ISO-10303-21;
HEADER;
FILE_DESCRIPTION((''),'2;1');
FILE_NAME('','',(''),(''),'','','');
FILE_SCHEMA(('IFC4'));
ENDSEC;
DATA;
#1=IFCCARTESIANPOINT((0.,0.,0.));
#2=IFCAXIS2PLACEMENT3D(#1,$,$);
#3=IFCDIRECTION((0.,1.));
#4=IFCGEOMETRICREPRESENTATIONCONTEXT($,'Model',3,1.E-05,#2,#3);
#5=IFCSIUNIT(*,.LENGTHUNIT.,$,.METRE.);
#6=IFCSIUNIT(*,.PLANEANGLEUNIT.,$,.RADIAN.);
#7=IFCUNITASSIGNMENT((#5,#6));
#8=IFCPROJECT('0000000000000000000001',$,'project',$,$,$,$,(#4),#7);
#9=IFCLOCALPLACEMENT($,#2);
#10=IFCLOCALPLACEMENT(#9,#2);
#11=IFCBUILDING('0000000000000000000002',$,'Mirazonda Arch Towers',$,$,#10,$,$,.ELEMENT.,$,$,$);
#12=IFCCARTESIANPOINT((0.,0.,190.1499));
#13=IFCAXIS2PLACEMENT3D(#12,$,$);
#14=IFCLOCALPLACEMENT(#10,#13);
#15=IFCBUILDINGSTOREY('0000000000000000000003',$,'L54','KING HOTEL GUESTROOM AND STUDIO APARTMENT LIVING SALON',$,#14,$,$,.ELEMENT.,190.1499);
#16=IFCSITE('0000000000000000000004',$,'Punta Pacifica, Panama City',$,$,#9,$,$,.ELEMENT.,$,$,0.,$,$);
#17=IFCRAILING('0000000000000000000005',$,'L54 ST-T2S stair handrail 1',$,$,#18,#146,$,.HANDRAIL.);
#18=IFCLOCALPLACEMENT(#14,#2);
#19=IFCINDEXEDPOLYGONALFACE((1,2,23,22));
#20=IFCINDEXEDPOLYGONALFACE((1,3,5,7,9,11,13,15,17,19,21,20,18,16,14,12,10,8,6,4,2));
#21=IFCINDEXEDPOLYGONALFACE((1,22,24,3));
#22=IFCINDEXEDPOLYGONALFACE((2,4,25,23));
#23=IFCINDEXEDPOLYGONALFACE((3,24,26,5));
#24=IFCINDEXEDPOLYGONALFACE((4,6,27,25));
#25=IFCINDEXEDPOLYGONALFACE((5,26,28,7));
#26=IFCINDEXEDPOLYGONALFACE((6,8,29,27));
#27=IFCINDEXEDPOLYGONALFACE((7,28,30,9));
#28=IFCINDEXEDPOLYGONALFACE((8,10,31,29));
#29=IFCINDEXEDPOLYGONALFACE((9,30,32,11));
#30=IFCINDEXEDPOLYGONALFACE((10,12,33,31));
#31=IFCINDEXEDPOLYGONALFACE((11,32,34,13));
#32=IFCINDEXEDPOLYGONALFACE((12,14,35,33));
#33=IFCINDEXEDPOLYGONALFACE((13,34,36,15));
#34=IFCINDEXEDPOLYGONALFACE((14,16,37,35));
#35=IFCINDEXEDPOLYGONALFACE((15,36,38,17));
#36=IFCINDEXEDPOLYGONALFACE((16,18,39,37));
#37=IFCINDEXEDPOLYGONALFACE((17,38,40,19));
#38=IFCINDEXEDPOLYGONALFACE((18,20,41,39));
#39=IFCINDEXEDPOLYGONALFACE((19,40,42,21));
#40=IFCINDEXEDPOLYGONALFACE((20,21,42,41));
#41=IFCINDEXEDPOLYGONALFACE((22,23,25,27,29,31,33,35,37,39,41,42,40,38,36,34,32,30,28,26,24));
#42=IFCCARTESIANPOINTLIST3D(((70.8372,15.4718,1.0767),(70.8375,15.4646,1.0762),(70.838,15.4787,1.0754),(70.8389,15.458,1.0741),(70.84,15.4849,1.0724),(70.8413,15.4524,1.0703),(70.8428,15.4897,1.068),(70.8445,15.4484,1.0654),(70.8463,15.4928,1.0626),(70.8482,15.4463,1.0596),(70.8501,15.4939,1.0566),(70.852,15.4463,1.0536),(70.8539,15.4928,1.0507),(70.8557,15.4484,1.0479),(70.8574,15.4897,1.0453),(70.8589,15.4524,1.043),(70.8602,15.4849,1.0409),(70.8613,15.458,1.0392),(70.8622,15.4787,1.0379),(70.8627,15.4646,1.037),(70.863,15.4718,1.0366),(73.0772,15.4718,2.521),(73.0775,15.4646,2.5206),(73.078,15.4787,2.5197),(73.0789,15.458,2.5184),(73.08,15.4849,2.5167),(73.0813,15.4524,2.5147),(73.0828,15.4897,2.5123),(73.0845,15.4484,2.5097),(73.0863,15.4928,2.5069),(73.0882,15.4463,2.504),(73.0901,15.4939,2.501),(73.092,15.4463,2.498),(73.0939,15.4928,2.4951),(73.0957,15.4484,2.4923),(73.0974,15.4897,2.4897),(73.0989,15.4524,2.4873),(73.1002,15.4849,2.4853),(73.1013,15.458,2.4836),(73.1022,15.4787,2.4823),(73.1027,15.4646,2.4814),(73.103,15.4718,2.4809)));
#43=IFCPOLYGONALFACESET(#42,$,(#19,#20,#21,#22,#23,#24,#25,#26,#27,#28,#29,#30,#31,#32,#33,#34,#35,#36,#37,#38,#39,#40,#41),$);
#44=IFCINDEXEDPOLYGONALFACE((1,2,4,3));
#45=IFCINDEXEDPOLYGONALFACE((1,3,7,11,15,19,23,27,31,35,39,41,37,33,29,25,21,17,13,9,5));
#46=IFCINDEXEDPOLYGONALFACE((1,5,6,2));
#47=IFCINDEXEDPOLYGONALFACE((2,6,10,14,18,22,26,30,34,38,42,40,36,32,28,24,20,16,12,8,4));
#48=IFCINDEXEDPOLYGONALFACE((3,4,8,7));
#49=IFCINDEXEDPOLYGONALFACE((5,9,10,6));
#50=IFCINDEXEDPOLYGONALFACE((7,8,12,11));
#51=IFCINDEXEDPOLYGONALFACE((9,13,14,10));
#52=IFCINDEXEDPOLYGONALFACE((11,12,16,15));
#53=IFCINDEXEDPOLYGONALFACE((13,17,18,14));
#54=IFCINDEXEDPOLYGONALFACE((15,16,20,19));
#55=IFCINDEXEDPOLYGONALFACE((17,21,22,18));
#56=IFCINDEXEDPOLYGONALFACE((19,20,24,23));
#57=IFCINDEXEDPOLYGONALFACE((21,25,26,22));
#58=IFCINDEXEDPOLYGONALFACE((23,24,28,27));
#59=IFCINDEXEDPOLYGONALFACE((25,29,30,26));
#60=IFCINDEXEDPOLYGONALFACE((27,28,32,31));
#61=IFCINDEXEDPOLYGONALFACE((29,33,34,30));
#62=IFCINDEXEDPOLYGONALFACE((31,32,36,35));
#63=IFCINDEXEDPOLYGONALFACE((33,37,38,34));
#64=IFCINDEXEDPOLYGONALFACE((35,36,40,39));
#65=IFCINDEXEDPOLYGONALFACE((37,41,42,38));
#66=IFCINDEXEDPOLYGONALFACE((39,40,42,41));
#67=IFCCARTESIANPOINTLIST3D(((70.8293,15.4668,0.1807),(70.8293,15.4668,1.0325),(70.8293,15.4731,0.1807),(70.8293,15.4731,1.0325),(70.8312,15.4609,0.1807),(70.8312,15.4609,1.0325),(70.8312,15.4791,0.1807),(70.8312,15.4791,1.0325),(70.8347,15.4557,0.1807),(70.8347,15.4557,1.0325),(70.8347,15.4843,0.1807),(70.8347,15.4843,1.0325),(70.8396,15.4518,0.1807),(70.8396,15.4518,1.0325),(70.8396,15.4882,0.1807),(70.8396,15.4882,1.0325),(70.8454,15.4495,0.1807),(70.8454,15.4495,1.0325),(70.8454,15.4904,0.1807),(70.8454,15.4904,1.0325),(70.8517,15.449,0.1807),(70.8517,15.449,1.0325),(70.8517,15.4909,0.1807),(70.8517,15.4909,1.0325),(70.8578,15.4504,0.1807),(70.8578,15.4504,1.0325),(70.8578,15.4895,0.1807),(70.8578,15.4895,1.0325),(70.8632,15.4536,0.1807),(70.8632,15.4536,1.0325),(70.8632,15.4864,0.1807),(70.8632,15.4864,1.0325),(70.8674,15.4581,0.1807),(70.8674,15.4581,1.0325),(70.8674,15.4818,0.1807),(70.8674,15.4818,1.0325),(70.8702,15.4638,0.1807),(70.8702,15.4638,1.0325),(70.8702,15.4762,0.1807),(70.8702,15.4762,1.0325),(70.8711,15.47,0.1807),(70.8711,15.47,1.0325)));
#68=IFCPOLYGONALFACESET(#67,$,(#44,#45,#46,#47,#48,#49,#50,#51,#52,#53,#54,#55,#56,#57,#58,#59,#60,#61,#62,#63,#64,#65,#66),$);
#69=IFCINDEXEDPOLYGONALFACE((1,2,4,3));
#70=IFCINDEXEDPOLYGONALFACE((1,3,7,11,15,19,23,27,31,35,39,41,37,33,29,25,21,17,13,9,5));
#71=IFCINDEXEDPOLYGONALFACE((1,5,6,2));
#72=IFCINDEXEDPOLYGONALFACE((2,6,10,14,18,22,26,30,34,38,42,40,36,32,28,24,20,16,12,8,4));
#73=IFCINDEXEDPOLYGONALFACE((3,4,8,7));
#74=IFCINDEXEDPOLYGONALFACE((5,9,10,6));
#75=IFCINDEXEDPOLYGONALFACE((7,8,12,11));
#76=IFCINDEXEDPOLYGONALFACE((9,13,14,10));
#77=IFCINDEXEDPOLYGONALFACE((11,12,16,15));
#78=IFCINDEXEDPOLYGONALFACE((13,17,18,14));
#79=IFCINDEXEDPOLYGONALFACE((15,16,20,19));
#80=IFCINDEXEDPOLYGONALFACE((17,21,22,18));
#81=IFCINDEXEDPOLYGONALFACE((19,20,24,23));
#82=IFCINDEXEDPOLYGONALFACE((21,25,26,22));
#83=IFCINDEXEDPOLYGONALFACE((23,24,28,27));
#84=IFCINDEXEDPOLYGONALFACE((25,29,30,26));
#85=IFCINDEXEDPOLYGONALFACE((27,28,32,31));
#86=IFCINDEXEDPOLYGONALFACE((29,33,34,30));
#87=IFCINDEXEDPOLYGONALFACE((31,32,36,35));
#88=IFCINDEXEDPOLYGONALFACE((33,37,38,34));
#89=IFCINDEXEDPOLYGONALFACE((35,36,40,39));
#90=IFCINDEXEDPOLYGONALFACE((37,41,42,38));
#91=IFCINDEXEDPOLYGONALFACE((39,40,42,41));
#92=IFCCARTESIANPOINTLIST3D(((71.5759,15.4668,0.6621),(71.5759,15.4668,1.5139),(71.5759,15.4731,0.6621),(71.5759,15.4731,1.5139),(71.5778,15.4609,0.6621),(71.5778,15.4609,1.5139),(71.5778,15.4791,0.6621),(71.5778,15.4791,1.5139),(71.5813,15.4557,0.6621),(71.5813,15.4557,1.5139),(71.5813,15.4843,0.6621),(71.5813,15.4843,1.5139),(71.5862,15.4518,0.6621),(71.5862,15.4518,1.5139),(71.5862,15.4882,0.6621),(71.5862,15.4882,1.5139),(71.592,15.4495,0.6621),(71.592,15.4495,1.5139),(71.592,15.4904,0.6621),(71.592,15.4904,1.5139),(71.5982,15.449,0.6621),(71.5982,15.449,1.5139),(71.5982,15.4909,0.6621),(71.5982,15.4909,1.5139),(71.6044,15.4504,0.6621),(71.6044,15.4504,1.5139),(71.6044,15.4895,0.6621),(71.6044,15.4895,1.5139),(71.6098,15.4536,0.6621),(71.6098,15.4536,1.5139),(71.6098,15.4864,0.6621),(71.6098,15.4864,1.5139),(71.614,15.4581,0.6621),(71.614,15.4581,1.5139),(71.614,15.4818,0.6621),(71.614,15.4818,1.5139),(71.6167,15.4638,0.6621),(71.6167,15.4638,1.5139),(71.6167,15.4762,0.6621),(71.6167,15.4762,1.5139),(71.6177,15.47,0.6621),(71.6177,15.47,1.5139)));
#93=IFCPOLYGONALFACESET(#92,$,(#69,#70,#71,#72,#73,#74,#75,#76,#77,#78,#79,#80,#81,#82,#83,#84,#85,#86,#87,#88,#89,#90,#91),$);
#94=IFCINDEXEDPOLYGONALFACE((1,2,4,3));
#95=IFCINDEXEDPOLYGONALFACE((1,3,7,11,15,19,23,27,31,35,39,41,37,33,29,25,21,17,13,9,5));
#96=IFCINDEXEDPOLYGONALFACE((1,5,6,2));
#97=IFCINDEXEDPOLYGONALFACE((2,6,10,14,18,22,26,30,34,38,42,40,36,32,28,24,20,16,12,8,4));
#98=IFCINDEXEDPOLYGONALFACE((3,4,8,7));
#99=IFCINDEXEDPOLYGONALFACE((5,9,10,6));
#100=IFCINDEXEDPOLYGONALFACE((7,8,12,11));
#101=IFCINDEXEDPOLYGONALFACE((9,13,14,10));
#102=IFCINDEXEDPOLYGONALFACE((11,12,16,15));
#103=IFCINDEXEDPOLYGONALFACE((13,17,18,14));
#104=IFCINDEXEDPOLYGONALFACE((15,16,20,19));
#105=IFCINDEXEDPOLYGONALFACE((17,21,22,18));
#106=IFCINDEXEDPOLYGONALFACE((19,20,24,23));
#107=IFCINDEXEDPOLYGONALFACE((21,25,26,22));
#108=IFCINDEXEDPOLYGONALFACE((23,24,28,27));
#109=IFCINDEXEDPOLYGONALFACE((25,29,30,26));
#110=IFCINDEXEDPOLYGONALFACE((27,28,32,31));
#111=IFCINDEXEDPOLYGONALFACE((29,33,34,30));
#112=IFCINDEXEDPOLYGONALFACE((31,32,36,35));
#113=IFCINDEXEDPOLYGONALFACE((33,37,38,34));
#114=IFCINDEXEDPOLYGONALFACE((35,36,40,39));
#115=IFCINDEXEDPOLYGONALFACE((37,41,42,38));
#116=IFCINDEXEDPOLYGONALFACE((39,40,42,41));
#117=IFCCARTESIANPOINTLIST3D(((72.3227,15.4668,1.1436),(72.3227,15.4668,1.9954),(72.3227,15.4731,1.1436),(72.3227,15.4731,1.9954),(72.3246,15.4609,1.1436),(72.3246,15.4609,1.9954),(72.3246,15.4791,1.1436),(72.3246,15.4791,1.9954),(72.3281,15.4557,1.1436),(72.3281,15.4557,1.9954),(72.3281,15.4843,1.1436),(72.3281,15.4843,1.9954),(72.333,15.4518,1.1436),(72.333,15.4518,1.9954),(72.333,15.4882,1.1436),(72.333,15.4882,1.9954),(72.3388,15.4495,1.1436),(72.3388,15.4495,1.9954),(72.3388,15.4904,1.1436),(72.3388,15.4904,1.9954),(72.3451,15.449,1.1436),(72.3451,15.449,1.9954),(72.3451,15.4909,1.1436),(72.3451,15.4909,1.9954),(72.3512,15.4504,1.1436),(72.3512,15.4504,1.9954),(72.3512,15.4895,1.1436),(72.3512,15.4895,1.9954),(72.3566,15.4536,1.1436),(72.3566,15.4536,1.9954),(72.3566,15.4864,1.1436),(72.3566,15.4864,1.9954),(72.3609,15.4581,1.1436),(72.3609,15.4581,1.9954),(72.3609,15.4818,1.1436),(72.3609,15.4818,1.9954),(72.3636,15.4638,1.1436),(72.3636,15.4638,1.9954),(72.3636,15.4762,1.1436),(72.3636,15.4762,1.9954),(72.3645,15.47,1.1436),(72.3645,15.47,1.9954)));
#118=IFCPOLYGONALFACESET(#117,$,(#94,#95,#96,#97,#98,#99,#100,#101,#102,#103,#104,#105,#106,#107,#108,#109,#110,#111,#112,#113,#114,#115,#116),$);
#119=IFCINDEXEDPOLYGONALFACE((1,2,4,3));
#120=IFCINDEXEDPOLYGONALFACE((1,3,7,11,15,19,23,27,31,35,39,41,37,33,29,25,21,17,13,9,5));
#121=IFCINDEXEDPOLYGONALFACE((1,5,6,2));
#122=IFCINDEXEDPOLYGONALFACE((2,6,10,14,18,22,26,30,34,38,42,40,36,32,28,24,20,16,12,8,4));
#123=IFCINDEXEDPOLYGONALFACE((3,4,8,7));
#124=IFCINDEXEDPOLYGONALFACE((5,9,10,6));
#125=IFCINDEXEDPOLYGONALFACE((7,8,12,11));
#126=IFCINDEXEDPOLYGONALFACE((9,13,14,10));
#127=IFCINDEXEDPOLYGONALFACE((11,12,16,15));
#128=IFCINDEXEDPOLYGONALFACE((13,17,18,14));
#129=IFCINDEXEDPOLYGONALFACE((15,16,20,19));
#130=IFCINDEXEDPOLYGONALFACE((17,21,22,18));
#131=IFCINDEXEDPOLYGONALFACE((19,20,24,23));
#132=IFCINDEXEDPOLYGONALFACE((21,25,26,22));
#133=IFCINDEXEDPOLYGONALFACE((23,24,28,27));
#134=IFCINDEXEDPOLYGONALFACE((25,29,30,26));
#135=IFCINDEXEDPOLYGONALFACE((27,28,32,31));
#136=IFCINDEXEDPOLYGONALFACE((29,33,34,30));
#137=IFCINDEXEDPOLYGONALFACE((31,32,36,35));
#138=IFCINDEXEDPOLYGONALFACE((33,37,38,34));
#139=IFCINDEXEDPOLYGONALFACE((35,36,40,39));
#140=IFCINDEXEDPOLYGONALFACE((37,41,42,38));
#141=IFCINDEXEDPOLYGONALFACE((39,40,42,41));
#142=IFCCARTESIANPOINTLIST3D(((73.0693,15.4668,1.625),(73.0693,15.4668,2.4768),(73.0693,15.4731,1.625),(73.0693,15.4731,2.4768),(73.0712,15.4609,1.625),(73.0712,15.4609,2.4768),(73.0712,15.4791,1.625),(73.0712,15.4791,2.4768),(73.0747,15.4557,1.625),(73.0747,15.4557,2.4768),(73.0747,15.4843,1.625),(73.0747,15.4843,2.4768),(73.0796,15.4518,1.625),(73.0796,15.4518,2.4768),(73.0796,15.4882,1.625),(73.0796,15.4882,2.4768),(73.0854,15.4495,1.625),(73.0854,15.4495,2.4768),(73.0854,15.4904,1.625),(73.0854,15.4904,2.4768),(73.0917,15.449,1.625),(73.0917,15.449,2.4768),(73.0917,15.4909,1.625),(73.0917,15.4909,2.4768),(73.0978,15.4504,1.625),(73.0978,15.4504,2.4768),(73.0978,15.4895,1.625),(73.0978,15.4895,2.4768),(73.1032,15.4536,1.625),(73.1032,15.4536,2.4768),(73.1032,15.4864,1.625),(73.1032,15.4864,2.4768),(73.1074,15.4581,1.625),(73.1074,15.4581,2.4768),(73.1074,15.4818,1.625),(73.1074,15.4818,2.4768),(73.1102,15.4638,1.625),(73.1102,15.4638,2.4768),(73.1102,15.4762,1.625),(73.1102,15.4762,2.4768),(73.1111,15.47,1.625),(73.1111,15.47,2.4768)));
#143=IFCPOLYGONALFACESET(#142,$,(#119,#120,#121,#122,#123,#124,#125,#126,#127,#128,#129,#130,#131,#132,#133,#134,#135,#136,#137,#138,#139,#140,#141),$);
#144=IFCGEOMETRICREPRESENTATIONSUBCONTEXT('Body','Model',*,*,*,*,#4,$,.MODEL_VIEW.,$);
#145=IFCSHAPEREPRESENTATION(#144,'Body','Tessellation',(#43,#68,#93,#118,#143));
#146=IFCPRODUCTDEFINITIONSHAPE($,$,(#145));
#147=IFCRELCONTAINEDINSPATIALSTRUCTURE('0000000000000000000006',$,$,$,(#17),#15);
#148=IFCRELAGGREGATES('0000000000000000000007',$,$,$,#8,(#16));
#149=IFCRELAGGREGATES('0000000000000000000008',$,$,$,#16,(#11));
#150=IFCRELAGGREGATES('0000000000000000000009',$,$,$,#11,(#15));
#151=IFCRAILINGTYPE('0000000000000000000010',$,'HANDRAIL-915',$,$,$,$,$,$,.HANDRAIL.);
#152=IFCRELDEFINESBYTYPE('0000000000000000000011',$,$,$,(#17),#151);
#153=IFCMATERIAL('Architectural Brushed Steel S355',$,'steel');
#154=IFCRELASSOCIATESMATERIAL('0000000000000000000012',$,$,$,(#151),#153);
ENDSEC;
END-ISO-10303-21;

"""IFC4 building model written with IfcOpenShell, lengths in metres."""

from ifc_helpers import new_model, si_unit, direction, frame, origin, origin_2d, place, context, subcontext, project, spatial, circle, extrude, material, type_object, element, save


model = new_model("IFC4")

# Units and contexts
model_context = context("Model", 3, precision=1e-05, world=origin(), true_north=direction((0.0, 1.0)))
body_context = subcontext(model_context, "Body", "Model", "MODEL_VIEW")
ifc_project = project(units=[si_unit("LENGTHUNIT", "METRE"), si_unit("PLANEANGLEUNIT", "RADIAN")], contexts=[model_context])

# Site, building, storey
site_placement = place(None, origin())
site = spatial("IfcSite", under=ifc_project, at=site_placement, Name="Punta Pacifica, Panama City", CompositionType="ELEMENT", RefElevation=0.0)
building_placement = place(site_placement, origin())
building = spatial("IfcBuilding", under=site, at=building_placement, Name="Mirazonda Arch Towers", CompositionType="ELEMENT")
storey_placement = place(building_placement, frame((0.0, 0.0, 190.1499)))
storey = spatial("IfcBuildingStorey", under=building, at=storey_placement, Name="L54", Description="KING HOTEL GUESTROOM AND STUDIO APARTMENT LIVING SALON", CompositionType="ELEMENT", Elevation=190.1499)

# Shared definitions
ifc_material_1 = material(Name="Architectural Brushed Steel S355", Category="steel")

# Railing
railing_type_1 = type_object("IfcRailingType", Name="HANDRAIL-915", PredefinedType="HANDRAIL", material=ifc_material_1)
railing_1_placement = place(storey_placement, frame((70.8501, 15.47, 0.1807)))
element("IfcRailing", 1, at=railing_1_placement, inside=storey, type_object=railing_type_1, Name="L54 ST-T2S stair handrail 1", PredefinedType="HANDRAIL", context=body_context, shape_type="SweptSolid", body=[
    extrude(circle(Radius=0.0239, at=origin_2d()), frame((0.0, 0.0, 0.876), z_axis=(0.840437, 0.0, 0.54191), x_axis=(0.0, 1.0, 0.0)), (0.0, 0.0, 1.0), 2.6653),
    extrude(circle(Radius=0.021, at=origin_2d()), origin(), (0.0, 0.0, 1.0), 0.8518),
    extrude(circle(Radius=0.021, at=origin_2d()), frame((0.7466, 0.0, 0.4814)), (0.0, 0.0, 1.0), 0.8518),
    extrude(circle(Radius=0.021, at=origin_2d()), frame((1.4934, 0.0, 0.9629)), (0.0, 0.0, 1.0), 0.8518),
    extrude(circle(Radius=0.021, at=origin_2d()), frame((2.24, 0.0, 1.4443)), (0.0, 0.0, 1.0), 0.8518),
])

save(model, "model.ifc")
